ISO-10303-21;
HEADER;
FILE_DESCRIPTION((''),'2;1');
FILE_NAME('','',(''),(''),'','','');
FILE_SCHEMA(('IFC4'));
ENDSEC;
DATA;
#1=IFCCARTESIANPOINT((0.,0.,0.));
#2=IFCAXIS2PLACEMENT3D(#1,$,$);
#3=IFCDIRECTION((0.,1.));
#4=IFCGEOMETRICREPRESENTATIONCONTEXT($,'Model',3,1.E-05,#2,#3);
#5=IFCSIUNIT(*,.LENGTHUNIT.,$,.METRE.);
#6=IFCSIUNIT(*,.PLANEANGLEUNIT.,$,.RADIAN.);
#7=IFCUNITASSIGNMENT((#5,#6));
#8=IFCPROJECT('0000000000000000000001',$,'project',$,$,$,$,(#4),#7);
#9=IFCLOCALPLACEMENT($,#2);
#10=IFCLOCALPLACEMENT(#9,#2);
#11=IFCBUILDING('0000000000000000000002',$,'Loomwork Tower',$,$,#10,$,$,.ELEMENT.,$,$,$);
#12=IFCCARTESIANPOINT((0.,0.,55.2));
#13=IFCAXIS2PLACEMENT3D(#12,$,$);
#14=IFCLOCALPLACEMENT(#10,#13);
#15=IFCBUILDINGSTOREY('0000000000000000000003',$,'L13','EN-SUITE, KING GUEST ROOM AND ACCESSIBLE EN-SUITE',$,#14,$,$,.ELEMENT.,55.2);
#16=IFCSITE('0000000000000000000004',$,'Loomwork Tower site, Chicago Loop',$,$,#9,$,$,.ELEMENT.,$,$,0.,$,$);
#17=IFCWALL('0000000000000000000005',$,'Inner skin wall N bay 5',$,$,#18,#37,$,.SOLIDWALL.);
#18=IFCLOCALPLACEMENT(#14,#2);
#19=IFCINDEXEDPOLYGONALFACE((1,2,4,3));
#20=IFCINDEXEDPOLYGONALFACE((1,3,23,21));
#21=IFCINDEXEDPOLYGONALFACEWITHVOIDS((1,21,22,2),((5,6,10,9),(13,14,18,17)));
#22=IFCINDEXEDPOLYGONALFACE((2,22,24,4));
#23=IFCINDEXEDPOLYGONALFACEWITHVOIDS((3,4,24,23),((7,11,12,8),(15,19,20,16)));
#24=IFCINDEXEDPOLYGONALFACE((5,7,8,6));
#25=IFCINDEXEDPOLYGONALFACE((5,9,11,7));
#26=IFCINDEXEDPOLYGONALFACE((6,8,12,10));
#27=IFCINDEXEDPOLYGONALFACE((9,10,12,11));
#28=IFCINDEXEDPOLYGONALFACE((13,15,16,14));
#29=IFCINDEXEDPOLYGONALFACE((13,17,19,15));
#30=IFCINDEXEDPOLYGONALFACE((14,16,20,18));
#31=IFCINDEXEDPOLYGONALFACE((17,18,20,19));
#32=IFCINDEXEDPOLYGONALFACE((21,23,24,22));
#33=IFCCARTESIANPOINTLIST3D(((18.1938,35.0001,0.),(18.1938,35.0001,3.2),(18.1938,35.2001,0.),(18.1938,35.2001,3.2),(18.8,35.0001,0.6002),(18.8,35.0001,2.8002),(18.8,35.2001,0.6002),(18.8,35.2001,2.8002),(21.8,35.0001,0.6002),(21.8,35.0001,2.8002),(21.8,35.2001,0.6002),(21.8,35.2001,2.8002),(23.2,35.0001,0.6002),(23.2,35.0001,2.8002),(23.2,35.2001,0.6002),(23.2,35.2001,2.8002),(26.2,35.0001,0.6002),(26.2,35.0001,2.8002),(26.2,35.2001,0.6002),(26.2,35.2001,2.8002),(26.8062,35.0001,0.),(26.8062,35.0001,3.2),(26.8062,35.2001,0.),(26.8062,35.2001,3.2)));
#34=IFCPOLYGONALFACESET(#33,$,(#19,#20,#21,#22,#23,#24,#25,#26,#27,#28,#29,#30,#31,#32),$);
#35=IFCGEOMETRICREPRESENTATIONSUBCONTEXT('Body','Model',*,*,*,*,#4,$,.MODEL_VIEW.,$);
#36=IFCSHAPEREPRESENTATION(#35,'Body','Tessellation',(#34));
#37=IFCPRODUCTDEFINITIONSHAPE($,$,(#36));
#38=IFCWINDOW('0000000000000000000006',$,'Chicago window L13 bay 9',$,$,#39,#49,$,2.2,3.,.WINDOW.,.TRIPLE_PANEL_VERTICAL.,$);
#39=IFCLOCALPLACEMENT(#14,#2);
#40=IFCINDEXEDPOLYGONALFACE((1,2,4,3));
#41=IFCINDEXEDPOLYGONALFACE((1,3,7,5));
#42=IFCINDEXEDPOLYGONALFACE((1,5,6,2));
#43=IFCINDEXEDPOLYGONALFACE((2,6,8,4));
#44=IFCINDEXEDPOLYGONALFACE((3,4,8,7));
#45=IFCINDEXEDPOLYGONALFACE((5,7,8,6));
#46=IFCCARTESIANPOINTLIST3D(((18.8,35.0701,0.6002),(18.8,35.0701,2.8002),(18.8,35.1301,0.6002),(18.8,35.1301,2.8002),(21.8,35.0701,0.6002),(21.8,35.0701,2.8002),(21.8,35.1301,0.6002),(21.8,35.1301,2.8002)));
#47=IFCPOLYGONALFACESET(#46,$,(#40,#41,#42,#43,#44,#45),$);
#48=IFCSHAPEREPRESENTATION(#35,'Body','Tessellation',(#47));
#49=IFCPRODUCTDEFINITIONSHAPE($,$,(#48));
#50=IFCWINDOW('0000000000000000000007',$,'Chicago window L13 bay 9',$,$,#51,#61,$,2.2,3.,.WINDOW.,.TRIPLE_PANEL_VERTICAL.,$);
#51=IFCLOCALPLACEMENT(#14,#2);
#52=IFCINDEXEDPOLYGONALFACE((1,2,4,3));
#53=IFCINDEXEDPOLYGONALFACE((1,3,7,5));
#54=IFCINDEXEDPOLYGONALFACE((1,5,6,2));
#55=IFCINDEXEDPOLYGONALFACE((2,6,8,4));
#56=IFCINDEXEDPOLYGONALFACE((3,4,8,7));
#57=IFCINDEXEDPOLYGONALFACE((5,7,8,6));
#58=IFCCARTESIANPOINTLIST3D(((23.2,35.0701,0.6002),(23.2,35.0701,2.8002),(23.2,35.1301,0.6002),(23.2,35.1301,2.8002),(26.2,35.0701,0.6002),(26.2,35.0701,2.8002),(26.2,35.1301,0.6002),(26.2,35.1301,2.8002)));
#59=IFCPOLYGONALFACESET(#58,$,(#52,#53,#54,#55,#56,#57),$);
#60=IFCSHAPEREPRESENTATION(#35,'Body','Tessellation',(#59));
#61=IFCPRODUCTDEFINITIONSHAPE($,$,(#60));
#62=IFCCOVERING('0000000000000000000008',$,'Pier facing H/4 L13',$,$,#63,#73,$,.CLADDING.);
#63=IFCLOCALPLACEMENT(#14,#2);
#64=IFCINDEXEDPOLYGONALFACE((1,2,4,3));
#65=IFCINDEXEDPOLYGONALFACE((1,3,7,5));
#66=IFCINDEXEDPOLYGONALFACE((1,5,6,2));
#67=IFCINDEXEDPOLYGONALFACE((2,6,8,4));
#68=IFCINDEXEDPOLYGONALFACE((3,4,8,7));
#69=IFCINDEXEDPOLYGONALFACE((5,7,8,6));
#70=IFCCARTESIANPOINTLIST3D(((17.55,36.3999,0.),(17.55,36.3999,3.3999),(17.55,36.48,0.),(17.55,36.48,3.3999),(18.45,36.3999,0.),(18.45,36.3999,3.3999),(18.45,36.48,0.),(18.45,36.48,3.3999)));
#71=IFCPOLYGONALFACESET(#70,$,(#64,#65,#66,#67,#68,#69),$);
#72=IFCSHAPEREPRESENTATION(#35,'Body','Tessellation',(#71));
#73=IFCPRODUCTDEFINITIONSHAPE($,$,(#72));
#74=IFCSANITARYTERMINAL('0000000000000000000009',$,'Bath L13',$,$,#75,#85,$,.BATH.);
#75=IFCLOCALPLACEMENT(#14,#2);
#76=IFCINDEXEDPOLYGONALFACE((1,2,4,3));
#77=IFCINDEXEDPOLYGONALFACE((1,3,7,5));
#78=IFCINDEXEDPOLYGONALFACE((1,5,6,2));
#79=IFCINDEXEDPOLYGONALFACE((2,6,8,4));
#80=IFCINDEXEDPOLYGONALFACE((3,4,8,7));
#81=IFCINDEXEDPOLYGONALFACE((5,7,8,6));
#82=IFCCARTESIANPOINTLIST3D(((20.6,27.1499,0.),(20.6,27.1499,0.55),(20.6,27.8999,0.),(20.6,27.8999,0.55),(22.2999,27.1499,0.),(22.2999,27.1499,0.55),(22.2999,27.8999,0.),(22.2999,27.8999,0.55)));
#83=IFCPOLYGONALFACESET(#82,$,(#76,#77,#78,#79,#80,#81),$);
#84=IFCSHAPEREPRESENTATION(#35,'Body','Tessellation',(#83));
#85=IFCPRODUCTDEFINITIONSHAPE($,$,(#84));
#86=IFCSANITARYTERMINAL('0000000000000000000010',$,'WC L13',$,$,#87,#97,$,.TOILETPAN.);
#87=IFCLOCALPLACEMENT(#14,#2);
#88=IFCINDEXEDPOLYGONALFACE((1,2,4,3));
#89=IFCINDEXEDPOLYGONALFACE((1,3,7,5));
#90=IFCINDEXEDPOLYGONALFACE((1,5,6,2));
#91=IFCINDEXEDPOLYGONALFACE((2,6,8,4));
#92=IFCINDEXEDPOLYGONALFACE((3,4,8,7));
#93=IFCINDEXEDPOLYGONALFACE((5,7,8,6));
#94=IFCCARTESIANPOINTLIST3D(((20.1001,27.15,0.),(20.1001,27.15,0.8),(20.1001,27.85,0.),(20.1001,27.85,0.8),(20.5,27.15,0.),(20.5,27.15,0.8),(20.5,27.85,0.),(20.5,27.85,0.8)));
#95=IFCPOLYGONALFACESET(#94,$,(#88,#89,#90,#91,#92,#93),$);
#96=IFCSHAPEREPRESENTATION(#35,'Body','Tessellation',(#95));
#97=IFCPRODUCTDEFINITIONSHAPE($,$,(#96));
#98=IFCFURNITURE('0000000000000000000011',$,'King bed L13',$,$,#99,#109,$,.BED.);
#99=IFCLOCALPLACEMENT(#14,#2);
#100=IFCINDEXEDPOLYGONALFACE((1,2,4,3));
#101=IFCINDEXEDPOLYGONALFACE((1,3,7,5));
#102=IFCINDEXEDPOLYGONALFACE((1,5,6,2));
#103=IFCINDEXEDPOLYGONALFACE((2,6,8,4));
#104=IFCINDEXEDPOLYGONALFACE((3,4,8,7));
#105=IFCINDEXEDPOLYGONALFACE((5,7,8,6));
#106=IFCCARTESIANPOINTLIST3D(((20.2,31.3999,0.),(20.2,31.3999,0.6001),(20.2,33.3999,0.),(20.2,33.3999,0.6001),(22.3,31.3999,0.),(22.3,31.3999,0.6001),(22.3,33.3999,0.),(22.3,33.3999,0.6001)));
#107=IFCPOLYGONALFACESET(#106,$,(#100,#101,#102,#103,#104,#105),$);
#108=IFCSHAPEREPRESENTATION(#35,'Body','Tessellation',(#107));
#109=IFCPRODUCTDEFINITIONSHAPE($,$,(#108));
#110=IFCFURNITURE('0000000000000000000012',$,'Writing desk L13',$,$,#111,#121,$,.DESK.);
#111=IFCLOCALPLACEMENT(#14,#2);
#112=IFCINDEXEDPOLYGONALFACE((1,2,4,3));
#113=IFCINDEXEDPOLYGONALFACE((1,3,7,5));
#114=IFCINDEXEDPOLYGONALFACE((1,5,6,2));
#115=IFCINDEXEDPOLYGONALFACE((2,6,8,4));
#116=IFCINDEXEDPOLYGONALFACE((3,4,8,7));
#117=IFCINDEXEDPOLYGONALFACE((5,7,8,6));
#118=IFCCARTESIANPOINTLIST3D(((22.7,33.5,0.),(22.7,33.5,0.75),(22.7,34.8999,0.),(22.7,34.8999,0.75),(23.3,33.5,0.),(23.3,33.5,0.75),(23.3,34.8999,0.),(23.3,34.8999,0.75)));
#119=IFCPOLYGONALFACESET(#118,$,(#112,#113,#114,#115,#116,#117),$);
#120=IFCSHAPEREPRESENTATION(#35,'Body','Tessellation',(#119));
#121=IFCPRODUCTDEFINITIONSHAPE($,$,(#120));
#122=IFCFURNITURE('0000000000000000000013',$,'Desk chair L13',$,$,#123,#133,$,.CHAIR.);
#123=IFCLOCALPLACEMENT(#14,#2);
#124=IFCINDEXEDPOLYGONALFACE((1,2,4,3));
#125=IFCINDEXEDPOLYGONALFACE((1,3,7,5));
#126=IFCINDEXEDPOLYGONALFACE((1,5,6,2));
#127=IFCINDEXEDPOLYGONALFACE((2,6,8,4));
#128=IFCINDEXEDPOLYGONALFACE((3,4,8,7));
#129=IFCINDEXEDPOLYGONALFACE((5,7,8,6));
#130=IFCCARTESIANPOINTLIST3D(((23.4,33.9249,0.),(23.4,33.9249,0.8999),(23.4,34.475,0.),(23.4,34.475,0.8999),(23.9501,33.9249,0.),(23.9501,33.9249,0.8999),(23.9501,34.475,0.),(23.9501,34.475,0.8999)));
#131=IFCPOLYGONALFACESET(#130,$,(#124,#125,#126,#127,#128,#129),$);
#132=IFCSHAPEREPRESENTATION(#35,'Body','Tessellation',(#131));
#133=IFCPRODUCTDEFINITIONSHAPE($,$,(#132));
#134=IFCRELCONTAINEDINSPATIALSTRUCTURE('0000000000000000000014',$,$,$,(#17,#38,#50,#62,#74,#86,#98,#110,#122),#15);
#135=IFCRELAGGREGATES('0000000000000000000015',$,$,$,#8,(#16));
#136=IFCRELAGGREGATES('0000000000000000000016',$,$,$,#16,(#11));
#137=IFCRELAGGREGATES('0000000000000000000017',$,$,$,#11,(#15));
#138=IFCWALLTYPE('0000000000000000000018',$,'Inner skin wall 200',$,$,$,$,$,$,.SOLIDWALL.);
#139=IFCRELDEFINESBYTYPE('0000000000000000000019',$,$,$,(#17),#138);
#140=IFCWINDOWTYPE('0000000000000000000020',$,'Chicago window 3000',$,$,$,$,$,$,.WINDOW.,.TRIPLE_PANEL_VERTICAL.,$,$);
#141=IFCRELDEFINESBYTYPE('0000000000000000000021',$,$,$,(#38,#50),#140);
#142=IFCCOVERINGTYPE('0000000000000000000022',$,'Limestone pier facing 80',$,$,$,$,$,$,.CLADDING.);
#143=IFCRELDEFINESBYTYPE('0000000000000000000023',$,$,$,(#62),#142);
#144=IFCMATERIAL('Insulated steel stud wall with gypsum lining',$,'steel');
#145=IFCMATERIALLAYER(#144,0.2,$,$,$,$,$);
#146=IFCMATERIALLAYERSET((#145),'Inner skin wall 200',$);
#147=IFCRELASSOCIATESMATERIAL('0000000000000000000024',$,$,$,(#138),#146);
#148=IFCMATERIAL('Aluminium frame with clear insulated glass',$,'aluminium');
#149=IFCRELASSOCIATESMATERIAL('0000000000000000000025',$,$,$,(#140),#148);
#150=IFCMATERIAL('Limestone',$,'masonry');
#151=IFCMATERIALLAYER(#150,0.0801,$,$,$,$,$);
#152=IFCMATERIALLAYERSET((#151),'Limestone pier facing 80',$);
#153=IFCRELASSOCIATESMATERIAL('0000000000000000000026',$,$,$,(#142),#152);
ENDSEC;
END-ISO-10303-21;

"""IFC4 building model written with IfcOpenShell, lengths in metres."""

from ifc_helpers import new_model, si_unit, direction, frame, frame_2d, origin, origin_2d, place, context, subcontext, project, spatial, rectangle, extrude, material, layer, layer_set, type_object, element, fill, save


model = new_model("IFC4")

# Units and contexts
model_context = context("Model", 3, precision=1e-05, world=origin(), true_north=direction((0.0, 1.0)))
body_context = subcontext(model_context, "Body", "Model", "MODEL_VIEW")
ifc_project = project(units=[si_unit("LENGTHUNIT", "METRE"), si_unit("PLANEANGLEUNIT", "RADIAN")], contexts=[model_context])

# Site, building, storey
site_placement = place(None, origin())
site = spatial("IfcSite", under=ifc_project, at=site_placement, Name="Loomwork Tower site, Chicago Loop", CompositionType="ELEMENT", RefElevation=0.0)
building_placement = place(site_placement, origin())
building = spatial("IfcBuilding", under=site, at=building_placement, Name="Loomwork Tower", CompositionType="ELEMENT")
storey_placement = place(building_placement, frame((0.0, 0.0, 55.2)))
storey = spatial("IfcBuildingStorey", under=building, at=storey_placement, Name="L13", Description="EN-SUITE, KING GUEST ROOM AND ACCESSIBLE EN-SUITE", CompositionType="ELEMENT", Elevation=55.2)

# Shared definitions
ifc_material_1 = material(Name="Insulated steel stud wall with gypsum lining", Category="steel")
ifc_layer_1 = layer(ifc_material_1, 0.2)
ifc_layer_set_1 = layer_set([ifc_layer_1], Name="Inner skin wall 200")
wall_type_1 = type_object("IfcWallType", Name="Inner skin wall 200", PredefinedType="SOLIDWALL", material=ifc_layer_set_1)

# Wall, openings, windows
wall_1_placement = place(storey_placement, frame((18.1938, 35.1001, 0.0), z_axis=(0.0, 0.0, 1.0), x_axis=(1.0, 0.0, 0.0)))
wall_1 = element("IfcWall", 1, at=wall_1_placement, inside=storey, type_object=wall_type_1, Name="Inner skin wall N bay 5", PredefinedType="SOLIDWALL", context=body_context, shape_type="SweptSolid", body=[
    extrude(rectangle(XDim=8.6123, YDim=0.2, at=frame_2d((4.3062, 0.0))), origin(), (0.0, 0.0, 1.0), 3.2),
])
opening_1_placement = place(wall_1_placement, frame((0.6062, 0.0, 0.6001)))
opening_1 = element("IfcOpeningElement", 2, at=opening_1_placement, cuts=wall_1, PredefinedType="OPENING", context=body_context, shape_type="SweptSolid", body=[
    extrude(rectangle(XDim=3.0, YDim=2.2, at=frame_2d((1.5, 1.1001))), frame((0.0, 0.1099, 0.0), z_axis=(0.0, -1.0, 0.0), x_axis=(1.0, 0.0, 0.0)), (0.0, 0.0, 1.0), 0.22),
])
opening_2_placement = place(wall_1_placement, frame((5.0061, 0.0, 0.6001)))
opening_2 = element("IfcOpeningElement", 3, at=opening_2_placement, cuts=wall_1, PredefinedType="OPENING", context=body_context, shape_type="SweptSolid", body=[
    extrude(rectangle(XDim=3.0, YDim=2.2, at=frame_2d((1.5, 1.1001))), frame((0.0, 0.1099, 0.0), z_axis=(0.0, -1.0, 0.0), x_axis=(1.0, 0.0, 0.0)), (0.0, 0.0, 1.0), 0.22),
])
ifc_material_2 = material(Name="Aluminium frame with clear insulated glass", Category="aluminium")
window_type = type_object("IfcWindowType", Name="Chicago window 3000", PartitioningType="TRIPLE_PANEL_VERTICAL", PredefinedType="WINDOW", material=ifc_material_2)
window_1_placement = place(opening_1_placement, origin())
window_1 = element("IfcWindow", 4, at=window_1_placement, inside=storey, type_object=window_type, Name="Chicago window L13 bay 9", OverallHeight=2.2, OverallWidth=3.0, PartitioningType="TRIPLE_PANEL_VERTICAL", PredefinedType="WINDOW", context=body_context, shape_type="SweptSolid", body=[
    extrude(rectangle(XDim=3.0, YDim=2.2, at=frame_2d((1.5, 1.1001))), frame((0.0, 0.03, 0.0), z_axis=(0.0, -1.0, 0.0), x_axis=(1.0, 0.0, 0.0)), (0.0, 0.0, 1.0), 0.0601),
])
fill(opening_1, window_1)
window_2_placement = place(opening_2_placement, origin())
window_2 = element("IfcWindow", 5, at=window_2_placement, inside=storey, type_object=window_type, Name="Chicago window L13 bay 9", OverallHeight=2.2, OverallWidth=3.0, PartitioningType="TRIPLE_PANEL_VERTICAL", PredefinedType="WINDOW", context=body_context, shape_type="SweptSolid", body=[
    extrude(rectangle(XDim=3.0, YDim=2.2, at=frame_2d((1.5, 1.1001))), frame((0.0, 0.03, 0.0), z_axis=(0.0, -1.0, 0.0), x_axis=(1.0, 0.0, 0.0)), (0.0, 0.0, 1.0), 0.0601),
])
fill(opening_2, window_2)

# Covering
ifc_material_3 = material(Name="Limestone", Category="masonry")
ifc_layer_2 = layer(ifc_material_3, 0.0801)
ifc_layer_set_2 = layer_set([ifc_layer_2], Name="Limestone pier facing 80")
covering_type = type_object("IfcCoveringType", Name="Limestone pier facing 80", PredefinedType="CLADDING", material=ifc_layer_set_2)
covering_placement = place(storey_placement, frame((18.0, 36.4399, 0.0), z_axis=(0.0, 0.0, 1.0), x_axis=(1.0, 0.0, 0.0)))
element("IfcCovering", 6, at=covering_placement, inside=storey, type_object=covering_type, Name="Pier facing H/4 L13", PredefinedType="CLADDING", context=body_context, shape_type="SweptSolid", body=[
    extrude(rectangle(XDim=0.8999, YDim=0.0801, at=origin_2d()), origin(), (0.0, 0.0, 1.0), 3.3999),
])

# Sanitary terminals
sanitary_terminal_1_placement = place(storey_placement, frame((21.45, 27.5249, 0.0), z_axis=(0.0, 0.0, 1.0), x_axis=(1.0, 0.0, 0.0)))
element("IfcSanitaryTerminal", 7, at=sanitary_terminal_1_placement, inside=storey, Name="Bath L13", PredefinedType="BATH", context=body_context, shape_type="SweptSolid", body=[
    extrude(rectangle(XDim=1.7, YDim=0.75, at=origin_2d()), origin(), (0.0, 0.0, 1.0), 0.55),
])
sanitary_terminal_2_placement = place(storey_placement, frame((20.3, 27.5, 0.0), z_axis=(0.0, 0.0, 1.0), x_axis=(1.0, 0.0, 0.0)))
element("IfcSanitaryTerminal", 8, at=sanitary_terminal_2_placement, inside=storey, Name="WC L13", PredefinedType="TOILETPAN", context=body_context, shape_type="SweptSolid", body=[
    extrude(rectangle(XDim=0.3999, YDim=0.7, at=origin_2d()), origin(), (0.0, 0.0, 1.0), 0.8),
])

# Furniture
furniture_1_placement = place(storey_placement, frame((21.25, 32.3999, 0.0), z_axis=(0.0, 0.0, 1.0), x_axis=(1.0, 0.0, 0.0)))
element("IfcFurniture", 9, at=furniture_1_placement, inside=storey, Name="King bed L13", PredefinedType="BED", context=body_context, shape_type="SweptSolid", body=[
    extrude(rectangle(XDim=2.1001, YDim=2.0, at=origin_2d()), origin(), (0.0, 0.0, 1.0), 0.6001),
])
furniture_2_placement = place(storey_placement, frame((23.0, 34.2, 0.0), z_axis=(0.0, 0.0, 1.0), x_axis=(1.0, 0.0, 0.0)))
element("IfcFurniture", 10, at=furniture_2_placement, inside=storey, Name="Writing desk L13", PredefinedType="DESK", context=body_context, shape_type="SweptSolid", body=[
    extrude(rectangle(XDim=0.6001, YDim=1.3999, at=origin_2d()), origin(), (0.0, 0.0, 1.0), 0.75),
])
furniture_3_placement = place(storey_placement, frame((23.675, 34.2, 0.0), z_axis=(0.0, 0.0, 1.0), x_axis=(1.0, 0.0, 0.0)))
element("IfcFurniture", 11, at=furniture_3_placement, inside=storey, Name="Desk chair L13", PredefinedType="CHAIR", context=body_context, shape_type="SweptSolid", body=[
    extrude(rectangle(XDim=0.55, YDim=0.55, at=origin_2d()), origin(), (0.0, 0.0, 1.0), 0.8999),
])

save(model, "model.ifc")
